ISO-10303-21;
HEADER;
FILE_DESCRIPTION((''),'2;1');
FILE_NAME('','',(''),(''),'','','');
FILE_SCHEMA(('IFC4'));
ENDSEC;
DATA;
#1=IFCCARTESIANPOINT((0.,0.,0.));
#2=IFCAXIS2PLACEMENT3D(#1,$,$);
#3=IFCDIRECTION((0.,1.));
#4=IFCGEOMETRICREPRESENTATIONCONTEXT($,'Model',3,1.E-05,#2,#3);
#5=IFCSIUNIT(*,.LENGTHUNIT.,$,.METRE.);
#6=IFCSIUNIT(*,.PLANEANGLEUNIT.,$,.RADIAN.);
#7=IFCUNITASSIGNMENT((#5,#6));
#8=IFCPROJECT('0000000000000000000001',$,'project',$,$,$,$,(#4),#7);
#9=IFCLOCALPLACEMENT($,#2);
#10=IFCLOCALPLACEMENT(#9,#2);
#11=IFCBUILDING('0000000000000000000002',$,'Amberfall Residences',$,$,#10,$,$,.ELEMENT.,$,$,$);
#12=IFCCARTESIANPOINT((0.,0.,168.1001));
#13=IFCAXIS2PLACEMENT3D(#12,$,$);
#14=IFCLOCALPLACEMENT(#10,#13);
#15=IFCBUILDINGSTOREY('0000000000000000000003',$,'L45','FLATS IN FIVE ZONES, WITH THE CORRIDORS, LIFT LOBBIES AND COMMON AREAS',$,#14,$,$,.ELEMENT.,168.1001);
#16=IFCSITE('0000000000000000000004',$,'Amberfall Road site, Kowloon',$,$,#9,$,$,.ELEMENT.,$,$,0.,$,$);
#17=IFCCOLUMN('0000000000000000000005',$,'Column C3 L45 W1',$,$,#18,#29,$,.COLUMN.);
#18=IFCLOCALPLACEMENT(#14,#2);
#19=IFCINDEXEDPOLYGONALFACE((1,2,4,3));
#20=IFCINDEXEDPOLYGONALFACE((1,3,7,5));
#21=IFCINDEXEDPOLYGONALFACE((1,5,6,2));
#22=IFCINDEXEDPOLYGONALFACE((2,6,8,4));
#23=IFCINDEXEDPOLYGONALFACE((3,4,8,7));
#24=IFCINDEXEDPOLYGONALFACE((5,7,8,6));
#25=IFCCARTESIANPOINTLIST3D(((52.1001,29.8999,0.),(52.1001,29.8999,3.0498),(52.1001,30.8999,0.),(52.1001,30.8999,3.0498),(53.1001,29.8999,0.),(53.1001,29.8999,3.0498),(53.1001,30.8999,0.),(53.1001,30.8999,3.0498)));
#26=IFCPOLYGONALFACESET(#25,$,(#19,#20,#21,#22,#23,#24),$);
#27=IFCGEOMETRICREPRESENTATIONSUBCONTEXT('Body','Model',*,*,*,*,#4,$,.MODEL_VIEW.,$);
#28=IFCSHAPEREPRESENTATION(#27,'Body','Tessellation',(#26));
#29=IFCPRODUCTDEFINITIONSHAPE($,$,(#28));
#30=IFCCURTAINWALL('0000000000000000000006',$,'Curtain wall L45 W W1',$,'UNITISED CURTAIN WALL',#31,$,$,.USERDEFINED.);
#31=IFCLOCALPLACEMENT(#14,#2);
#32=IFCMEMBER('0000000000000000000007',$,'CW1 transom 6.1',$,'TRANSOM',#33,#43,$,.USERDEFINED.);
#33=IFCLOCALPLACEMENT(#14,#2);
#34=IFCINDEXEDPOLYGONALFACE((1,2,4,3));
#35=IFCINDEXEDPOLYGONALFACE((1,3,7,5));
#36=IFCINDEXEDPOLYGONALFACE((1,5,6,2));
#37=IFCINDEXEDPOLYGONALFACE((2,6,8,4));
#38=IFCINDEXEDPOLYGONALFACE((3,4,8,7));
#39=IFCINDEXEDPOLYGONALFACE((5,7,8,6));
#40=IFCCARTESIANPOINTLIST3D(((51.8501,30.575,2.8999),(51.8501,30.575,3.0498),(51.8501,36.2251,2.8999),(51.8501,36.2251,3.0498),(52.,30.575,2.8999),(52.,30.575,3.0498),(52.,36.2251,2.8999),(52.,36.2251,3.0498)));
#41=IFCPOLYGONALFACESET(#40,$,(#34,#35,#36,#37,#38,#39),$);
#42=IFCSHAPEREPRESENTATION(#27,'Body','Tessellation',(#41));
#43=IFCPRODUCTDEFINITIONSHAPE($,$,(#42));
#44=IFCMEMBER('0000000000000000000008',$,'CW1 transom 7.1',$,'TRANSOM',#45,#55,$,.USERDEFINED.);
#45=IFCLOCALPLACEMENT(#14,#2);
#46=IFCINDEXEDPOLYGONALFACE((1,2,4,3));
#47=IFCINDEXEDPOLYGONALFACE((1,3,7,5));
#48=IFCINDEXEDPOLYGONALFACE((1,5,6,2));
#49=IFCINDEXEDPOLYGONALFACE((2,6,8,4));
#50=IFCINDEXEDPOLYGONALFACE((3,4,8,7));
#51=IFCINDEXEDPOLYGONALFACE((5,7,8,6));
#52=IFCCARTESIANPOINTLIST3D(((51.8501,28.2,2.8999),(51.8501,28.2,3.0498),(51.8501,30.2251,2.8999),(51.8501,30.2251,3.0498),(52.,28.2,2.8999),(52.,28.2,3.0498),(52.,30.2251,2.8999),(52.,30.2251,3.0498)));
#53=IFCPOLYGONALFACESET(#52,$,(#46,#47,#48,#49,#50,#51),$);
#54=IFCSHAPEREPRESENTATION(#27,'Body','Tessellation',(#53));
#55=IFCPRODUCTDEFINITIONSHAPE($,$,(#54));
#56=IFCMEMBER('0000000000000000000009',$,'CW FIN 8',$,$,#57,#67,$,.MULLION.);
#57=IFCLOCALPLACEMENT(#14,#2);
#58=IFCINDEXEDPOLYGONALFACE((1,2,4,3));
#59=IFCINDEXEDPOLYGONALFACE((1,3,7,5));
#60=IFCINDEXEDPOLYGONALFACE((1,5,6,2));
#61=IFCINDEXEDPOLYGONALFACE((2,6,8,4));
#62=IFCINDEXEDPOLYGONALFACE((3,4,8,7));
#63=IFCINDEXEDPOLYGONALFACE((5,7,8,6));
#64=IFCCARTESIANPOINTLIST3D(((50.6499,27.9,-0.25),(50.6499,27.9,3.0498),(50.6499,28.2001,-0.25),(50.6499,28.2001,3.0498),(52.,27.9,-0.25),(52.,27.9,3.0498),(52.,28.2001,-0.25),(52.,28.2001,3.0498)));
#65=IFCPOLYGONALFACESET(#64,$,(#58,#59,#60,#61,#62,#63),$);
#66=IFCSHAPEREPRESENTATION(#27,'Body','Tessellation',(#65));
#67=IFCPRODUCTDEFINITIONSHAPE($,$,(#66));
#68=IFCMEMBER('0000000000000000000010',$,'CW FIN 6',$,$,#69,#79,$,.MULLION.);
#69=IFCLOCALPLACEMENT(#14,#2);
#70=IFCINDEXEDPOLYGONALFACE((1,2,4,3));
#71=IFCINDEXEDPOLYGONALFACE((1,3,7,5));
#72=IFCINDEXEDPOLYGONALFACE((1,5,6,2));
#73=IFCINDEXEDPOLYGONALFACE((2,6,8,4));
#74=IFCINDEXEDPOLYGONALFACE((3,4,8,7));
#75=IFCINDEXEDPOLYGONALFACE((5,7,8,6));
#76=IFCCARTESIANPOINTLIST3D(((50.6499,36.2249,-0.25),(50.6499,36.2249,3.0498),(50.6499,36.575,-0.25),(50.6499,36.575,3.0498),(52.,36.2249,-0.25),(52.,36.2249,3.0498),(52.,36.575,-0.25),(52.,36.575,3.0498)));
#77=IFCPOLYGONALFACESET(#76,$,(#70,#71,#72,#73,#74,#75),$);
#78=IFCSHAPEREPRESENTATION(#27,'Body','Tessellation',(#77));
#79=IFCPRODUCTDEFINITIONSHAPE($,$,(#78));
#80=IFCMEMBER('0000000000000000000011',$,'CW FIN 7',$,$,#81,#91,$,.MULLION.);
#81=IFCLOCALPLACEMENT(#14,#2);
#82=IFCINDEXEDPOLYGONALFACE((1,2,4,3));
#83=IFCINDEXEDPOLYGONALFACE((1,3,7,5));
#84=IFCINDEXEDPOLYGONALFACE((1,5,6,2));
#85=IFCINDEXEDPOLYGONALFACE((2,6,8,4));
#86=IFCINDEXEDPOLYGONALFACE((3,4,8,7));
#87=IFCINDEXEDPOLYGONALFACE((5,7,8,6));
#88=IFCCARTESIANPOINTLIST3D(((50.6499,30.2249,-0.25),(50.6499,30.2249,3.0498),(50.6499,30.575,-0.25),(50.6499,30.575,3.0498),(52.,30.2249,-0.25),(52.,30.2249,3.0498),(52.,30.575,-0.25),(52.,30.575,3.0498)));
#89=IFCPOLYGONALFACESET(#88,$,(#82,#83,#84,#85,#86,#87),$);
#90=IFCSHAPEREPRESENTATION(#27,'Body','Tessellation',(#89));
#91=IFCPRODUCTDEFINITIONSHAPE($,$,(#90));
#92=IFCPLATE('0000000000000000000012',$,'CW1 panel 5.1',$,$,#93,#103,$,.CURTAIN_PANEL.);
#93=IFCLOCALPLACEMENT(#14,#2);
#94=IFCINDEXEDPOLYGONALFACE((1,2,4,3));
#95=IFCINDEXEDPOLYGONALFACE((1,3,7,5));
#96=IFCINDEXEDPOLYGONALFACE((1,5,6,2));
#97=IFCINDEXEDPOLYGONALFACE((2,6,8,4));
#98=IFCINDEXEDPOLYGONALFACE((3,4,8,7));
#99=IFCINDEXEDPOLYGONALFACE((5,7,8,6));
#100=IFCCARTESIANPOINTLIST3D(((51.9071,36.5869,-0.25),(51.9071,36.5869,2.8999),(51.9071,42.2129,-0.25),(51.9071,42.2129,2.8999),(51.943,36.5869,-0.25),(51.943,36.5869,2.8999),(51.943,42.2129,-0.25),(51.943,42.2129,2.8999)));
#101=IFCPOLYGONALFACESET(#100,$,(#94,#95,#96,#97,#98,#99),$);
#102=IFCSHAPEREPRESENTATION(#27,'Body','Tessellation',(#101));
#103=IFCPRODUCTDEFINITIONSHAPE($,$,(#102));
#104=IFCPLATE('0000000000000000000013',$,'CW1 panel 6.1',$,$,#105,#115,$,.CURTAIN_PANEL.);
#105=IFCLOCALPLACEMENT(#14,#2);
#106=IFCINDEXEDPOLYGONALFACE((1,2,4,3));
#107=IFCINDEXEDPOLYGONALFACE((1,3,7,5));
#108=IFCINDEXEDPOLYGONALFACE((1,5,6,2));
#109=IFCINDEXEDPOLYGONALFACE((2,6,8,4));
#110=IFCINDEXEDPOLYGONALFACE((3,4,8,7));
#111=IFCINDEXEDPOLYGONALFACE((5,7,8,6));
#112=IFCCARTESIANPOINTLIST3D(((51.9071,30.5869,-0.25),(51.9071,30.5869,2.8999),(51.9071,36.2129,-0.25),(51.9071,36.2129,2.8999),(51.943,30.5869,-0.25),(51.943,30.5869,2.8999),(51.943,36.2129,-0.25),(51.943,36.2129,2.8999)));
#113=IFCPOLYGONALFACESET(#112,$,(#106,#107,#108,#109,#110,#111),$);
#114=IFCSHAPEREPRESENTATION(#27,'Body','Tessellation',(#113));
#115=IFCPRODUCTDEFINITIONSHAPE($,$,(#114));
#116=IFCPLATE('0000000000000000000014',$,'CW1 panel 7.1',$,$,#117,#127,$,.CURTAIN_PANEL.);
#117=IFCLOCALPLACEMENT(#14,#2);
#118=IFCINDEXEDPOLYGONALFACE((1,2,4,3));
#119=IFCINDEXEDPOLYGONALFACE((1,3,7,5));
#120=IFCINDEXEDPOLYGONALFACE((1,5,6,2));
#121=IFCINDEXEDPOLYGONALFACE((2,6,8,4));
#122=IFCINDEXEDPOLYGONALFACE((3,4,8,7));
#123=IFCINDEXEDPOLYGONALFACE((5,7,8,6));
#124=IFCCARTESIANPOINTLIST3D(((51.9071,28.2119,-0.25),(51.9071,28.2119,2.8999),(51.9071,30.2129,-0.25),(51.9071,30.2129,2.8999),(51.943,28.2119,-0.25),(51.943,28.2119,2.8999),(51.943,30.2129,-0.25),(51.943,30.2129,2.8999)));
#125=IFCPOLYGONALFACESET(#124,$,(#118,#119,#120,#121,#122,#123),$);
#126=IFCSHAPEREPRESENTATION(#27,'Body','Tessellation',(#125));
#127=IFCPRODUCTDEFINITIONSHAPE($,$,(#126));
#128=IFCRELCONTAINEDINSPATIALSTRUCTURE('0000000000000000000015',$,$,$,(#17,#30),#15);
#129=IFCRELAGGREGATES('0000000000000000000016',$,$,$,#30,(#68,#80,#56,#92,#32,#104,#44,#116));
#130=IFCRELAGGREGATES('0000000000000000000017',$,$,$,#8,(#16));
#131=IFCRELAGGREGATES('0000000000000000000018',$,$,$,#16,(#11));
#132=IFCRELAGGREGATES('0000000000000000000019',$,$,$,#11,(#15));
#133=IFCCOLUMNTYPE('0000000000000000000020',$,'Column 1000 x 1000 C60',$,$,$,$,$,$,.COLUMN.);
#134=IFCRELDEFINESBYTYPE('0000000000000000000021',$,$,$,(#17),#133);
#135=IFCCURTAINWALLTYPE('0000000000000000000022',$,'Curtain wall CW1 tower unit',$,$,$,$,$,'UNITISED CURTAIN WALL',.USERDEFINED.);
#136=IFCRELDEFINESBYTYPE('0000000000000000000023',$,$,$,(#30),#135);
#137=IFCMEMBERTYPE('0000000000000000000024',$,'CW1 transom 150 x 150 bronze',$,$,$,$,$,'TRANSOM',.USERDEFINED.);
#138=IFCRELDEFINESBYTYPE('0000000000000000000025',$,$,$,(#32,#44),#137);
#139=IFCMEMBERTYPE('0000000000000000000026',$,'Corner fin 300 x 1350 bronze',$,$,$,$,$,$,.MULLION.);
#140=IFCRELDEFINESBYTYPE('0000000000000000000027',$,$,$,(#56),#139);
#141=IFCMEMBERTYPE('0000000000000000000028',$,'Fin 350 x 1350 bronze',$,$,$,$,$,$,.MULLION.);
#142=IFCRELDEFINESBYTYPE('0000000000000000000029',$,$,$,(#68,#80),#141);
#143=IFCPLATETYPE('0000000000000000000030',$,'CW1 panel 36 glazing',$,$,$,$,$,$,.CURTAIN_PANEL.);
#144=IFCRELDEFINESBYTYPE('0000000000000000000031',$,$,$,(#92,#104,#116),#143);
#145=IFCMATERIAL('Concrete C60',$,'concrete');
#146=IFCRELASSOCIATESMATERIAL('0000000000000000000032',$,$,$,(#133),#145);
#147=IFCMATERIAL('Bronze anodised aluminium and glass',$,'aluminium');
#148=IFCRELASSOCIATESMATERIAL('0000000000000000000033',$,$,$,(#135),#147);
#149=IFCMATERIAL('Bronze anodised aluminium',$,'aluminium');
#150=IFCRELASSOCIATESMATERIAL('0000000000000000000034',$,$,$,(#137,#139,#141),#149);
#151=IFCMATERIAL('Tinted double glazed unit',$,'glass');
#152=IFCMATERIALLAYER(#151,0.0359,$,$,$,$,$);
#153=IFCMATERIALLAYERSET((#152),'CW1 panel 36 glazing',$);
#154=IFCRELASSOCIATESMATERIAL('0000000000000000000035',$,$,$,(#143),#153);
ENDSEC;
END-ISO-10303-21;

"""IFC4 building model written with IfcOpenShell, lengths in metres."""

from ifc_helpers import new_model, si_unit, direction, frame, origin, origin_2d, place, context, subcontext, project, spatial, rectangle, extrude, material, layer, layer_set, material_profile, profile_set, type_object, element, aggregate, save


model = new_model("IFC4")

# Units and contexts
model_context = context("Model", 3, precision=1e-05, world=origin(), true_north=direction((0.0, 1.0)))
body_context = subcontext(model_context, "Body", "Model", "MODEL_VIEW")
ifc_project = project(units=[si_unit("LENGTHUNIT", "METRE"), si_unit("PLANEANGLEUNIT", "RADIAN")], contexts=[model_context])

# Site, building, storey
site_placement = place(None, origin())
site = spatial("IfcSite", under=ifc_project, at=site_placement, Name="Amberfall Road site, Kowloon", CompositionType="ELEMENT", RefElevation=0.0)
building_placement = place(site_placement, origin())
building = spatial("IfcBuilding", under=site, at=building_placement, Name="Amberfall Residences", CompositionType="ELEMENT")
storey_placement = place(building_placement, frame((0.0, 0.0, 168.1001)))
storey = spatial("IfcBuildingStorey", under=building, at=storey_placement, Name="L45", Description="FLATS IN FIVE ZONES, WITH THE CORRIDORS, LIFT LOBBIES AND COMMON AREAS", CompositionType="ELEMENT", Elevation=168.1001)

# Column
ifc_material_1 = material(Name="Concrete C60", Category="concrete")
ifc_material_profile_1 = material_profile(ifc_material_1, rectangle(XDim=1.0, YDim=1.0, at=origin_2d()), Name="Column 1000 x 1000 C60")
ifc_profile_set_1 = profile_set([ifc_material_profile_1], Name="Concrete C60")
column_type = type_object("IfcColumnType", Name="Column 1000 x 1000 C60", PredefinedType="COLUMN", material=ifc_profile_set_1)
column_placement = place(storey_placement, frame((52.6001, 30.3999, 0.0), z_axis=(0.0, 0.0, 1.0), x_axis=(1.0, 0.0, 0.0)))
element("IfcColumn", 1, at=column_placement, inside=storey, type_object=column_type, Name="Column C3 L45 W1", PredefinedType="COLUMN", context=body_context, shape_type="SweptSolid", body=[
    extrude(rectangle(XDim=1.0, YDim=1.0, at=origin_2d()), origin(), (0.0, 0.0, 1.0), 3.0498),
])

# Curtain wall, members, plates
ifc_material_2 = material(Name="Bronze anodised aluminium and glass", Category="aluminium")
curtain_wall_type = type_object("IfcCurtainWallType", Name="Curtain wall CW1 tower unit", ElementType="UNITISED CURTAIN WALL", PredefinedType="USERDEFINED", material=ifc_material_2)
curtain_wall_placement = place(storey_placement, origin())
curtain_wall = element("IfcCurtainWall", 2, at=curtain_wall_placement, inside=storey, type_object=curtain_wall_type, Name="Curtain wall L45 W W1", ObjectType="UNITISED CURTAIN WALL", PredefinedType="USERDEFINED")
ifc_material_3 = material(Name="Bronze anodised aluminium", Category="aluminium")
ifc_material_profile_2 = material_profile(ifc_material_3, rectangle(XDim=0.1499, YDim=0.1499, at=origin_2d()), Name="CW1 transom 150 x 150 bronze")
ifc_profile_set_2 = profile_set([ifc_material_profile_2], Name="Bronze anodised aluminium")
member_type_1 = type_object("IfcMemberType", Name="CW1 transom 150 x 150 bronze", ElementType="TRANSOM", PredefinedType="USERDEFINED", material=ifc_profile_set_2)
member_1_placement = place(storey_placement, frame((51.925, 36.2251, 2.9749), z_axis=(0.0, -1.0, 0.0), x_axis=(1.0, 0.0, 0.0)))
member_1 = element("IfcMember", 3, at=member_1_placement, type_object=member_type_1, Name="CW1 transom 6.1", ObjectType="TRANSOM", PredefinedType="USERDEFINED", context=body_context, shape_type="SweptSolid", body=[
    extrude(rectangle(XDim=0.1499, YDim=0.1499, at=origin_2d()), origin(), (0.0, 0.0, 1.0), 5.6501),
])
member_2_placement = place(storey_placement, frame((51.925, 30.2251, 2.9749), z_axis=(0.0, -1.0, 0.0), x_axis=(1.0, 0.0, 0.0)))
member_2 = element("IfcMember", 4, at=member_2_placement, type_object=member_type_1, Name="CW1 transom 7.1", ObjectType="TRANSOM", PredefinedType="USERDEFINED", context=body_context, shape_type="SweptSolid", body=[
    extrude(rectangle(XDim=0.1499, YDim=0.1499, at=origin_2d()), origin(), (0.0, 0.0, 1.0), 2.0251),
])
ifc_material_profile_3 = material_profile(ifc_material_3, rectangle(XDim=1.3501, YDim=0.3, at=origin_2d()), Name="Corner fin 300 x 1350 bronze")
ifc_profile_set_3 = profile_set([ifc_material_profile_3], Name="Bronze anodised aluminium")
member_type_2 = type_object("IfcMemberType", Name="Corner fin 300 x 1350 bronze", PredefinedType="MULLION", material=ifc_profile_set_3)
member_3_placement = place(storey_placement, frame((51.325, 28.05, -0.25), z_axis=(0.0, 0.0, 1.0), x_axis=(1.0, 0.0, 0.0)))
member_3 = element("IfcMember", 5, at=member_3_placement, type_object=member_type_2, Name="CW FIN 8", PredefinedType="MULLION", context=body_context, shape_type="SweptSolid", body=[
    extrude(rectangle(XDim=1.3501, YDim=0.3, at=origin_2d()), origin(), (0.0, 0.0, 1.0), 3.2998),
])
ifc_material_profile_4 = material_profile(ifc_material_3, rectangle(XDim=1.3501, YDim=0.3501, at=origin_2d()), Name="Fin 350 x 1350 bronze")
ifc_profile_set_4 = profile_set([ifc_material_profile_4], Name="Bronze anodised aluminium")
member_type_3 = type_object("IfcMemberType", Name="Fin 350 x 1350 bronze", PredefinedType="MULLION", material=ifc_profile_set_4)
member_4_placement = place(storey_placement, frame((51.325, 36.3999, -0.25), z_axis=(0.0, 0.0, 1.0), x_axis=(1.0, 0.0, 0.0)))
member_4 = element("IfcMember", 6, at=member_4_placement, type_object=member_type_3, Name="CW FIN 6", PredefinedType="MULLION", context=body_context, shape_type="SweptSolid", body=[
    extrude(rectangle(XDim=1.3501, YDim=0.3501, at=origin_2d()), origin(), (0.0, 0.0, 1.0), 3.2998),
])
member_5_placement = place(storey_placement, frame((51.325, 30.3999, -0.25), z_axis=(0.0, 0.0, 1.0), x_axis=(1.0, 0.0, 0.0)))
member_5 = element("IfcMember", 7, at=member_5_placement, type_object=member_type_3, Name="CW FIN 7", PredefinedType="MULLION", context=body_context, shape_type="SweptSolid", body=[
    extrude(rectangle(XDim=1.3501, YDim=0.3501, at=origin_2d()), origin(), (0.0, 0.0, 1.0), 3.2998),
])
ifc_material_4 = material(Name="Tinted double glazed unit", Category="glass")
ifc_layer_1 = layer(ifc_material_4, 0.0359)
ifc_layer_set_1 = layer_set([ifc_layer_1], Name="CW1 panel 36 glazing")
plate_type = type_object("IfcPlateType", Name="CW1 panel 36 glazing", PredefinedType="CURTAIN_PANEL", material=ifc_layer_set_1)
plate_1_placement = place(storey_placement, frame((51.925, 39.3999, -0.25), z_axis=(0.0, 0.0, 1.0), x_axis=(0.0, -1.0, 0.0)))
plate_1 = element("IfcPlate", 8, at=plate_1_placement, type_object=plate_type, Name="CW1 panel 5.1", PredefinedType="CURTAIN_PANEL", context=body_context, shape_type="SweptSolid", body=[
    extrude(rectangle(XDim=5.626, YDim=0.0359, at=origin_2d()), origin(), (0.0, 0.0, 1.0), 3.1499),
])
plate_2_placement = place(storey_placement, frame((51.925, 33.3999, -0.25), z_axis=(0.0, 0.0, 1.0), x_axis=(0.0, -1.0, 0.0)))
plate_2 = element("IfcPlate", 9, at=plate_2_placement, type_object=plate_type, Name="CW1 panel 6.1", PredefinedType="CURTAIN_PANEL", context=body_context, shape_type="SweptSolid", body=[
    extrude(rectangle(XDim=5.626, YDim=0.0359, at=origin_2d()), origin(), (0.0, 0.0, 1.0), 3.1499),
])
plate_3_placement = place(storey_placement, frame((51.925, 29.2124, -0.25), z_axis=(0.0, 0.0, 1.0), x_axis=(0.0, -1.0, 0.0)))
plate_3 = element("IfcPlate", 10, at=plate_3_placement, type_object=plate_type, Name="CW1 panel 7.1", PredefinedType="CURTAIN_PANEL", context=body_context, shape_type="SweptSolid", body=[
    extrude(rectangle(XDim=2.001, YDim=0.0359, at=origin_2d()), origin(), (0.0, 0.0, 1.0), 3.1499),
])
aggregate(curtain_wall, [member_4, member_5, member_3, plate_1, member_1, plate_2, member_2, plate_3])

save(model, "model.ifc")
